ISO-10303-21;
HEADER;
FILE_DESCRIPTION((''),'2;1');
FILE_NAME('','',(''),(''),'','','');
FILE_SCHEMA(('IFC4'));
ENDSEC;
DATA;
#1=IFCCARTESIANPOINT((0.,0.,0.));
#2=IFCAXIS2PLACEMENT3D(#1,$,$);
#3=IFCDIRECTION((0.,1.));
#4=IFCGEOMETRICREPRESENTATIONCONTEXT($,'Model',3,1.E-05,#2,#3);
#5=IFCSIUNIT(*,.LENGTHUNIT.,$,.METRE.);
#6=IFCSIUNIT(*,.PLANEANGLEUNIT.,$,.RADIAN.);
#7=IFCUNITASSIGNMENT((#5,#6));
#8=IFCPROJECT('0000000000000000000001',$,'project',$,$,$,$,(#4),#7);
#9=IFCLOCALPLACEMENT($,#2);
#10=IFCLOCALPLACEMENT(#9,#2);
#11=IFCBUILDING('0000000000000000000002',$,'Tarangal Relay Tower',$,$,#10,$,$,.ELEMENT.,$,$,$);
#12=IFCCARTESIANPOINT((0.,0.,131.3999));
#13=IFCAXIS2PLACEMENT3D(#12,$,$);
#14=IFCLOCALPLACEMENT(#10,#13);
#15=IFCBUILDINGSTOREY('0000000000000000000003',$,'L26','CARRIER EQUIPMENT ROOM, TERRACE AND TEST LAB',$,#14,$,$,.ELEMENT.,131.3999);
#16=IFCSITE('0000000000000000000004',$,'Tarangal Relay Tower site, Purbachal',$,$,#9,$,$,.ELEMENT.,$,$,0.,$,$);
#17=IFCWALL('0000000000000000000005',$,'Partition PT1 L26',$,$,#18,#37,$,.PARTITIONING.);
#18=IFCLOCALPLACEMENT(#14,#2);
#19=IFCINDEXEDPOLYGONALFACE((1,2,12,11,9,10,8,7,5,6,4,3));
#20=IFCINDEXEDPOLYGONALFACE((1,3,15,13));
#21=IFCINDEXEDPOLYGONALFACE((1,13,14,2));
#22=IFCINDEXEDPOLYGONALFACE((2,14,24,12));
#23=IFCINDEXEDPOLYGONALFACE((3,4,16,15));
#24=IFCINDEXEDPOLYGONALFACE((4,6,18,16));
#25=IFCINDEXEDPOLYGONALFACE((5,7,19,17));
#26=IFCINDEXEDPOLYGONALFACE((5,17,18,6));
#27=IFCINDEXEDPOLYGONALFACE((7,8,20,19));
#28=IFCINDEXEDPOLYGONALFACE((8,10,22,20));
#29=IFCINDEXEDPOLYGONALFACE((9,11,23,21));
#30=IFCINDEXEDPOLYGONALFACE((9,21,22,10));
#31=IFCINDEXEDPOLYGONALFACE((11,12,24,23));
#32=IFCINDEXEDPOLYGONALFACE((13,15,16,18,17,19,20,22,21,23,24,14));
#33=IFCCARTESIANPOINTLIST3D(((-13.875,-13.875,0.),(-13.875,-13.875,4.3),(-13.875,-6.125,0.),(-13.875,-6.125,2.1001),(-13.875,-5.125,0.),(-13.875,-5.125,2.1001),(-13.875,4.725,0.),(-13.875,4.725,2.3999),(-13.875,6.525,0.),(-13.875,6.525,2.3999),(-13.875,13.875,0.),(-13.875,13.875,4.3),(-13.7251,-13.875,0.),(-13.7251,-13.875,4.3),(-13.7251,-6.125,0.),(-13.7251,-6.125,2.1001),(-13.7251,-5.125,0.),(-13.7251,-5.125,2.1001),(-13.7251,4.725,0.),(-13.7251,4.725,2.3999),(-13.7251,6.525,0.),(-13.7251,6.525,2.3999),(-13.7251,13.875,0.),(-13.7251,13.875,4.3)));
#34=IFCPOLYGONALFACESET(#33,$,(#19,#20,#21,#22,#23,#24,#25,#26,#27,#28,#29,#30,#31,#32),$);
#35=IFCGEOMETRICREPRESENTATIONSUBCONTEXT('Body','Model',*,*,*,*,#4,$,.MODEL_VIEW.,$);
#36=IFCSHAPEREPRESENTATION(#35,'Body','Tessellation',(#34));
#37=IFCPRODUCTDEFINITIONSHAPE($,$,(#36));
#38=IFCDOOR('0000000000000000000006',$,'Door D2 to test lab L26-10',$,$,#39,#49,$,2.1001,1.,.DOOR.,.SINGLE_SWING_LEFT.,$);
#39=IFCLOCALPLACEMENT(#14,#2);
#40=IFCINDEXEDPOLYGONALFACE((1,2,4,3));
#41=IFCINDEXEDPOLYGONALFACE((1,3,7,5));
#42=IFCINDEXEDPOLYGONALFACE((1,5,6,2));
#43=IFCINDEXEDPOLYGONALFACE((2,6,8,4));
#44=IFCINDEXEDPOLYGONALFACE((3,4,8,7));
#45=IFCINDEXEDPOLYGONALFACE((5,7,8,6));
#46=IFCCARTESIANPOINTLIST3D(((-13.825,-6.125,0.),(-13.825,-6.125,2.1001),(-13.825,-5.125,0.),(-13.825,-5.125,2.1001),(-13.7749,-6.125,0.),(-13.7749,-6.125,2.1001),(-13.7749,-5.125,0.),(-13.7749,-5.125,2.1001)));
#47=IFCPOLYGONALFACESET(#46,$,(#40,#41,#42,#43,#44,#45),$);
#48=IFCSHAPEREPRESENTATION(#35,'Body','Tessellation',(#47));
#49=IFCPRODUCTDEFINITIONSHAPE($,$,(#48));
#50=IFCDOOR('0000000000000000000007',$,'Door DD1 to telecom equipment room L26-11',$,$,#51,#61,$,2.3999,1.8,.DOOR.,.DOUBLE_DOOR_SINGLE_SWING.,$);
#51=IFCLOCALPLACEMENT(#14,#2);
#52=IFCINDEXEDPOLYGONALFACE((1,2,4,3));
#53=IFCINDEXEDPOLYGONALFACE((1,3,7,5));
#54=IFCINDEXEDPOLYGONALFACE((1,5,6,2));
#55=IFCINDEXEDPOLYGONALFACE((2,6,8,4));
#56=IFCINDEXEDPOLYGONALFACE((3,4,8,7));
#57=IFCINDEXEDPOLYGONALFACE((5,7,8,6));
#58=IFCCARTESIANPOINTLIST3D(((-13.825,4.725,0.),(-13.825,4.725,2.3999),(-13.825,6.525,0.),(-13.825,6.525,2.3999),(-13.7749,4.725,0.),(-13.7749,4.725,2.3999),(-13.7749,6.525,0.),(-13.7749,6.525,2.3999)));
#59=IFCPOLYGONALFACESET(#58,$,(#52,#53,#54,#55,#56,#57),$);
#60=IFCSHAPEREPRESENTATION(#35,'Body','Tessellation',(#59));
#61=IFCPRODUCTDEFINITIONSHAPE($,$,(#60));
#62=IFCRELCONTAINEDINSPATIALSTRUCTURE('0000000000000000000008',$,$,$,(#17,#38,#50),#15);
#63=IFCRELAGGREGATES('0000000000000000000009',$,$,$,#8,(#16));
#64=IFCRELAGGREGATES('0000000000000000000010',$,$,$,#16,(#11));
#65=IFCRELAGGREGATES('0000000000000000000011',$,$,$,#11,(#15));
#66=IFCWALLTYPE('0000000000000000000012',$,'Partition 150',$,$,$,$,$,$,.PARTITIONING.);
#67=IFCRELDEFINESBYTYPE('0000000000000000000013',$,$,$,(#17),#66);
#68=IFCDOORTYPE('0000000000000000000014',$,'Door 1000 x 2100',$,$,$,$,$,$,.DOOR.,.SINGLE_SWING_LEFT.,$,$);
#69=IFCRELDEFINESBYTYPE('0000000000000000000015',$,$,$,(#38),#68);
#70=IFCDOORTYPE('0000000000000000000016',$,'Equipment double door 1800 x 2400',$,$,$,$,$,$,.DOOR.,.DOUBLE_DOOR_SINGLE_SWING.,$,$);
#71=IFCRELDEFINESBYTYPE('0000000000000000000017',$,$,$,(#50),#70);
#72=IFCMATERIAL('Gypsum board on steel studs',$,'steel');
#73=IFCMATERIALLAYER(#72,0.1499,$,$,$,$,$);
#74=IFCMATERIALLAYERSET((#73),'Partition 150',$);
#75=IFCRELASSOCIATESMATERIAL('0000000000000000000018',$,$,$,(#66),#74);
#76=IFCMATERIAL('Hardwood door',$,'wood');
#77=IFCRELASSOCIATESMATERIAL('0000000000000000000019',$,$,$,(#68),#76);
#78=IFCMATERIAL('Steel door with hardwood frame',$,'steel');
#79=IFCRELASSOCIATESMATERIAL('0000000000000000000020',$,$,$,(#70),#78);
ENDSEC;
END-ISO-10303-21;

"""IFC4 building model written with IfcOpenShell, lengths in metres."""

from ifc_helpers import new_model, si_unit, direction, frame, frame_2d, origin, place, context, subcontext, project, spatial, rectangle, extrude, material, layer, layer_set, type_object, element, fill, save


model = new_model("IFC4")

# Units and contexts
model_context = context("Model", 3, precision=1e-05, world=origin(), true_north=direction((0.0, 1.0)))
body_context = subcontext(model_context, "Body", "Model", "MODEL_VIEW")
ifc_project = project(units=[si_unit("LENGTHUNIT", "METRE"), si_unit("PLANEANGLEUNIT", "RADIAN")], contexts=[model_context])

# Site, building, storey
site_placement = place(None, origin())
site = spatial("IfcSite", under=ifc_project, at=site_placement, Name="Tarangal Relay Tower site, Purbachal", CompositionType="ELEMENT", RefElevation=0.0)
building_placement = place(site_placement, origin())
building = spatial("IfcBuilding", under=site, at=building_placement, Name="Tarangal Relay Tower", CompositionType="ELEMENT")
storey_placement = place(building_placement, frame((0.0, 0.0, 131.3999)))
storey = spatial("IfcBuildingStorey", under=building, at=storey_placement, Name="L26", Description="CARRIER EQUIPMENT ROOM, TERRACE AND TEST LAB", CompositionType="ELEMENT", Elevation=131.3999)

# Wall, openings, doors
ifc_material_1 = material(Name="Gypsum board on steel studs", Category="steel")
ifc_layer_1 = layer(ifc_material_1, 0.1499)
ifc_layer_set_1 = layer_set([ifc_layer_1], Name="Partition 150")
wall_type_1 = type_object("IfcWallType", Name="Partition 150", PredefinedType="PARTITIONING", material=ifc_layer_set_1)
ifc_material_2 = material(Name="Hardwood door", Category="wood")
door_type_1 = type_object("IfcDoorType", Name="Door 1000 x 2100", OperationType="SINGLE_SWING_LEFT", PredefinedType="DOOR", material=ifc_material_2)
ifc_material_3 = material(Name="Steel door with hardwood frame", Category="steel")
door_type_2 = type_object("IfcDoorType", Name="Equipment double door 1800 x 2400", OperationType="DOUBLE_DOOR_SINGLE_SWING", PredefinedType="DOOR", material=ifc_material_3)
wall_1_placement = place(storey_placement, frame((-13.8, -13.875, 0.0), z_axis=(0.0, 0.0, 1.0), x_axis=(0.0, 1.0, 0.0)))
wall_1 = element("IfcWall", 1, at=wall_1_placement, inside=storey, type_object=wall_type_1, Name="Partition PT1 L26", PredefinedType="PARTITIONING", context=body_context, shape_type="SweptSolid", body=[
    extrude(rectangle(XDim=27.75, YDim=0.1499, at=frame_2d((13.875, 0.0))), origin(), (0.0, 0.0, 1.0), 4.3),
])
opening_1_placement = place(wall_1_placement, frame((7.75, 0.0, 0.0)))
opening_1 = element("IfcOpeningElement", 2, at=opening_1_placement, cuts=wall_1, PredefinedType="OPENING", context=body_context, shape_type="SweptSolid", body=[
    extrude(rectangle(XDim=1.0, YDim=2.1001, at=frame_2d((0.5, 1.05))), frame((0.0, 0.085, 0.0), z_axis=(0.0, -1.0, 0.0), x_axis=(1.0, 0.0, 0.0)), (0.0, 0.0, 1.0), 0.1699),
])
opening_2_placement = place(wall_1_placement, frame((18.6001, 0.0, 0.0)))
opening_2 = element("IfcOpeningElement", 3, at=opening_2_placement, cuts=wall_1, PredefinedType="OPENING", context=body_context, shape_type="SweptSolid", body=[
    extrude(rectangle(XDim=1.8, YDim=2.3999, at=frame_2d((0.8999, 1.2))), frame((0.0, 0.085, 0.0), z_axis=(0.0, -1.0, 0.0), x_axis=(1.0, 0.0, 0.0)), (0.0, 0.0, 1.0), 0.1699),
])
door_1_placement = place(opening_1_placement, origin())
door_1 = element("IfcDoor", 4, at=door_1_placement, inside=storey, type_object=door_type_1, Name="Door D2 to test lab L26-10", OperationType="SINGLE_SWING_LEFT", OverallHeight=2.1001, OverallWidth=1.0, PredefinedType="DOOR", context=body_context, shape_type="SweptSolid", body=[
    extrude(rectangle(XDim=1.0, YDim=2.1001, at=frame_2d((0.5, 1.05))), frame((0.0, 0.0249, 0.0), z_axis=(0.0, -1.0, 0.0), x_axis=(1.0, 0.0, 0.0)), (0.0, 0.0, 1.0), 0.05),
])
fill(opening_1, door_1)
door_2_placement = place(opening_2_placement, origin())
door_2 = element("IfcDoor", 5, at=door_2_placement, inside=storey, type_object=door_type_2, Name="Door DD1 to telecom equipment room L26-11", OperationType="DOUBLE_DOOR_SINGLE_SWING", OverallHeight=2.3999, OverallWidth=1.8, PredefinedType="DOOR", context=body_context, shape_type="SweptSolid", body=[
    extrude(rectangle(XDim=1.8, YDim=2.3999, at=frame_2d((0.8999, 1.2))), frame((0.0, 0.0249, 0.0), z_axis=(0.0, -1.0, 0.0), x_axis=(1.0, 0.0, 0.0)), (0.0, 0.0, 1.0), 0.05),
])
fill(opening_2, door_2)

save(model, "model.ifc")
